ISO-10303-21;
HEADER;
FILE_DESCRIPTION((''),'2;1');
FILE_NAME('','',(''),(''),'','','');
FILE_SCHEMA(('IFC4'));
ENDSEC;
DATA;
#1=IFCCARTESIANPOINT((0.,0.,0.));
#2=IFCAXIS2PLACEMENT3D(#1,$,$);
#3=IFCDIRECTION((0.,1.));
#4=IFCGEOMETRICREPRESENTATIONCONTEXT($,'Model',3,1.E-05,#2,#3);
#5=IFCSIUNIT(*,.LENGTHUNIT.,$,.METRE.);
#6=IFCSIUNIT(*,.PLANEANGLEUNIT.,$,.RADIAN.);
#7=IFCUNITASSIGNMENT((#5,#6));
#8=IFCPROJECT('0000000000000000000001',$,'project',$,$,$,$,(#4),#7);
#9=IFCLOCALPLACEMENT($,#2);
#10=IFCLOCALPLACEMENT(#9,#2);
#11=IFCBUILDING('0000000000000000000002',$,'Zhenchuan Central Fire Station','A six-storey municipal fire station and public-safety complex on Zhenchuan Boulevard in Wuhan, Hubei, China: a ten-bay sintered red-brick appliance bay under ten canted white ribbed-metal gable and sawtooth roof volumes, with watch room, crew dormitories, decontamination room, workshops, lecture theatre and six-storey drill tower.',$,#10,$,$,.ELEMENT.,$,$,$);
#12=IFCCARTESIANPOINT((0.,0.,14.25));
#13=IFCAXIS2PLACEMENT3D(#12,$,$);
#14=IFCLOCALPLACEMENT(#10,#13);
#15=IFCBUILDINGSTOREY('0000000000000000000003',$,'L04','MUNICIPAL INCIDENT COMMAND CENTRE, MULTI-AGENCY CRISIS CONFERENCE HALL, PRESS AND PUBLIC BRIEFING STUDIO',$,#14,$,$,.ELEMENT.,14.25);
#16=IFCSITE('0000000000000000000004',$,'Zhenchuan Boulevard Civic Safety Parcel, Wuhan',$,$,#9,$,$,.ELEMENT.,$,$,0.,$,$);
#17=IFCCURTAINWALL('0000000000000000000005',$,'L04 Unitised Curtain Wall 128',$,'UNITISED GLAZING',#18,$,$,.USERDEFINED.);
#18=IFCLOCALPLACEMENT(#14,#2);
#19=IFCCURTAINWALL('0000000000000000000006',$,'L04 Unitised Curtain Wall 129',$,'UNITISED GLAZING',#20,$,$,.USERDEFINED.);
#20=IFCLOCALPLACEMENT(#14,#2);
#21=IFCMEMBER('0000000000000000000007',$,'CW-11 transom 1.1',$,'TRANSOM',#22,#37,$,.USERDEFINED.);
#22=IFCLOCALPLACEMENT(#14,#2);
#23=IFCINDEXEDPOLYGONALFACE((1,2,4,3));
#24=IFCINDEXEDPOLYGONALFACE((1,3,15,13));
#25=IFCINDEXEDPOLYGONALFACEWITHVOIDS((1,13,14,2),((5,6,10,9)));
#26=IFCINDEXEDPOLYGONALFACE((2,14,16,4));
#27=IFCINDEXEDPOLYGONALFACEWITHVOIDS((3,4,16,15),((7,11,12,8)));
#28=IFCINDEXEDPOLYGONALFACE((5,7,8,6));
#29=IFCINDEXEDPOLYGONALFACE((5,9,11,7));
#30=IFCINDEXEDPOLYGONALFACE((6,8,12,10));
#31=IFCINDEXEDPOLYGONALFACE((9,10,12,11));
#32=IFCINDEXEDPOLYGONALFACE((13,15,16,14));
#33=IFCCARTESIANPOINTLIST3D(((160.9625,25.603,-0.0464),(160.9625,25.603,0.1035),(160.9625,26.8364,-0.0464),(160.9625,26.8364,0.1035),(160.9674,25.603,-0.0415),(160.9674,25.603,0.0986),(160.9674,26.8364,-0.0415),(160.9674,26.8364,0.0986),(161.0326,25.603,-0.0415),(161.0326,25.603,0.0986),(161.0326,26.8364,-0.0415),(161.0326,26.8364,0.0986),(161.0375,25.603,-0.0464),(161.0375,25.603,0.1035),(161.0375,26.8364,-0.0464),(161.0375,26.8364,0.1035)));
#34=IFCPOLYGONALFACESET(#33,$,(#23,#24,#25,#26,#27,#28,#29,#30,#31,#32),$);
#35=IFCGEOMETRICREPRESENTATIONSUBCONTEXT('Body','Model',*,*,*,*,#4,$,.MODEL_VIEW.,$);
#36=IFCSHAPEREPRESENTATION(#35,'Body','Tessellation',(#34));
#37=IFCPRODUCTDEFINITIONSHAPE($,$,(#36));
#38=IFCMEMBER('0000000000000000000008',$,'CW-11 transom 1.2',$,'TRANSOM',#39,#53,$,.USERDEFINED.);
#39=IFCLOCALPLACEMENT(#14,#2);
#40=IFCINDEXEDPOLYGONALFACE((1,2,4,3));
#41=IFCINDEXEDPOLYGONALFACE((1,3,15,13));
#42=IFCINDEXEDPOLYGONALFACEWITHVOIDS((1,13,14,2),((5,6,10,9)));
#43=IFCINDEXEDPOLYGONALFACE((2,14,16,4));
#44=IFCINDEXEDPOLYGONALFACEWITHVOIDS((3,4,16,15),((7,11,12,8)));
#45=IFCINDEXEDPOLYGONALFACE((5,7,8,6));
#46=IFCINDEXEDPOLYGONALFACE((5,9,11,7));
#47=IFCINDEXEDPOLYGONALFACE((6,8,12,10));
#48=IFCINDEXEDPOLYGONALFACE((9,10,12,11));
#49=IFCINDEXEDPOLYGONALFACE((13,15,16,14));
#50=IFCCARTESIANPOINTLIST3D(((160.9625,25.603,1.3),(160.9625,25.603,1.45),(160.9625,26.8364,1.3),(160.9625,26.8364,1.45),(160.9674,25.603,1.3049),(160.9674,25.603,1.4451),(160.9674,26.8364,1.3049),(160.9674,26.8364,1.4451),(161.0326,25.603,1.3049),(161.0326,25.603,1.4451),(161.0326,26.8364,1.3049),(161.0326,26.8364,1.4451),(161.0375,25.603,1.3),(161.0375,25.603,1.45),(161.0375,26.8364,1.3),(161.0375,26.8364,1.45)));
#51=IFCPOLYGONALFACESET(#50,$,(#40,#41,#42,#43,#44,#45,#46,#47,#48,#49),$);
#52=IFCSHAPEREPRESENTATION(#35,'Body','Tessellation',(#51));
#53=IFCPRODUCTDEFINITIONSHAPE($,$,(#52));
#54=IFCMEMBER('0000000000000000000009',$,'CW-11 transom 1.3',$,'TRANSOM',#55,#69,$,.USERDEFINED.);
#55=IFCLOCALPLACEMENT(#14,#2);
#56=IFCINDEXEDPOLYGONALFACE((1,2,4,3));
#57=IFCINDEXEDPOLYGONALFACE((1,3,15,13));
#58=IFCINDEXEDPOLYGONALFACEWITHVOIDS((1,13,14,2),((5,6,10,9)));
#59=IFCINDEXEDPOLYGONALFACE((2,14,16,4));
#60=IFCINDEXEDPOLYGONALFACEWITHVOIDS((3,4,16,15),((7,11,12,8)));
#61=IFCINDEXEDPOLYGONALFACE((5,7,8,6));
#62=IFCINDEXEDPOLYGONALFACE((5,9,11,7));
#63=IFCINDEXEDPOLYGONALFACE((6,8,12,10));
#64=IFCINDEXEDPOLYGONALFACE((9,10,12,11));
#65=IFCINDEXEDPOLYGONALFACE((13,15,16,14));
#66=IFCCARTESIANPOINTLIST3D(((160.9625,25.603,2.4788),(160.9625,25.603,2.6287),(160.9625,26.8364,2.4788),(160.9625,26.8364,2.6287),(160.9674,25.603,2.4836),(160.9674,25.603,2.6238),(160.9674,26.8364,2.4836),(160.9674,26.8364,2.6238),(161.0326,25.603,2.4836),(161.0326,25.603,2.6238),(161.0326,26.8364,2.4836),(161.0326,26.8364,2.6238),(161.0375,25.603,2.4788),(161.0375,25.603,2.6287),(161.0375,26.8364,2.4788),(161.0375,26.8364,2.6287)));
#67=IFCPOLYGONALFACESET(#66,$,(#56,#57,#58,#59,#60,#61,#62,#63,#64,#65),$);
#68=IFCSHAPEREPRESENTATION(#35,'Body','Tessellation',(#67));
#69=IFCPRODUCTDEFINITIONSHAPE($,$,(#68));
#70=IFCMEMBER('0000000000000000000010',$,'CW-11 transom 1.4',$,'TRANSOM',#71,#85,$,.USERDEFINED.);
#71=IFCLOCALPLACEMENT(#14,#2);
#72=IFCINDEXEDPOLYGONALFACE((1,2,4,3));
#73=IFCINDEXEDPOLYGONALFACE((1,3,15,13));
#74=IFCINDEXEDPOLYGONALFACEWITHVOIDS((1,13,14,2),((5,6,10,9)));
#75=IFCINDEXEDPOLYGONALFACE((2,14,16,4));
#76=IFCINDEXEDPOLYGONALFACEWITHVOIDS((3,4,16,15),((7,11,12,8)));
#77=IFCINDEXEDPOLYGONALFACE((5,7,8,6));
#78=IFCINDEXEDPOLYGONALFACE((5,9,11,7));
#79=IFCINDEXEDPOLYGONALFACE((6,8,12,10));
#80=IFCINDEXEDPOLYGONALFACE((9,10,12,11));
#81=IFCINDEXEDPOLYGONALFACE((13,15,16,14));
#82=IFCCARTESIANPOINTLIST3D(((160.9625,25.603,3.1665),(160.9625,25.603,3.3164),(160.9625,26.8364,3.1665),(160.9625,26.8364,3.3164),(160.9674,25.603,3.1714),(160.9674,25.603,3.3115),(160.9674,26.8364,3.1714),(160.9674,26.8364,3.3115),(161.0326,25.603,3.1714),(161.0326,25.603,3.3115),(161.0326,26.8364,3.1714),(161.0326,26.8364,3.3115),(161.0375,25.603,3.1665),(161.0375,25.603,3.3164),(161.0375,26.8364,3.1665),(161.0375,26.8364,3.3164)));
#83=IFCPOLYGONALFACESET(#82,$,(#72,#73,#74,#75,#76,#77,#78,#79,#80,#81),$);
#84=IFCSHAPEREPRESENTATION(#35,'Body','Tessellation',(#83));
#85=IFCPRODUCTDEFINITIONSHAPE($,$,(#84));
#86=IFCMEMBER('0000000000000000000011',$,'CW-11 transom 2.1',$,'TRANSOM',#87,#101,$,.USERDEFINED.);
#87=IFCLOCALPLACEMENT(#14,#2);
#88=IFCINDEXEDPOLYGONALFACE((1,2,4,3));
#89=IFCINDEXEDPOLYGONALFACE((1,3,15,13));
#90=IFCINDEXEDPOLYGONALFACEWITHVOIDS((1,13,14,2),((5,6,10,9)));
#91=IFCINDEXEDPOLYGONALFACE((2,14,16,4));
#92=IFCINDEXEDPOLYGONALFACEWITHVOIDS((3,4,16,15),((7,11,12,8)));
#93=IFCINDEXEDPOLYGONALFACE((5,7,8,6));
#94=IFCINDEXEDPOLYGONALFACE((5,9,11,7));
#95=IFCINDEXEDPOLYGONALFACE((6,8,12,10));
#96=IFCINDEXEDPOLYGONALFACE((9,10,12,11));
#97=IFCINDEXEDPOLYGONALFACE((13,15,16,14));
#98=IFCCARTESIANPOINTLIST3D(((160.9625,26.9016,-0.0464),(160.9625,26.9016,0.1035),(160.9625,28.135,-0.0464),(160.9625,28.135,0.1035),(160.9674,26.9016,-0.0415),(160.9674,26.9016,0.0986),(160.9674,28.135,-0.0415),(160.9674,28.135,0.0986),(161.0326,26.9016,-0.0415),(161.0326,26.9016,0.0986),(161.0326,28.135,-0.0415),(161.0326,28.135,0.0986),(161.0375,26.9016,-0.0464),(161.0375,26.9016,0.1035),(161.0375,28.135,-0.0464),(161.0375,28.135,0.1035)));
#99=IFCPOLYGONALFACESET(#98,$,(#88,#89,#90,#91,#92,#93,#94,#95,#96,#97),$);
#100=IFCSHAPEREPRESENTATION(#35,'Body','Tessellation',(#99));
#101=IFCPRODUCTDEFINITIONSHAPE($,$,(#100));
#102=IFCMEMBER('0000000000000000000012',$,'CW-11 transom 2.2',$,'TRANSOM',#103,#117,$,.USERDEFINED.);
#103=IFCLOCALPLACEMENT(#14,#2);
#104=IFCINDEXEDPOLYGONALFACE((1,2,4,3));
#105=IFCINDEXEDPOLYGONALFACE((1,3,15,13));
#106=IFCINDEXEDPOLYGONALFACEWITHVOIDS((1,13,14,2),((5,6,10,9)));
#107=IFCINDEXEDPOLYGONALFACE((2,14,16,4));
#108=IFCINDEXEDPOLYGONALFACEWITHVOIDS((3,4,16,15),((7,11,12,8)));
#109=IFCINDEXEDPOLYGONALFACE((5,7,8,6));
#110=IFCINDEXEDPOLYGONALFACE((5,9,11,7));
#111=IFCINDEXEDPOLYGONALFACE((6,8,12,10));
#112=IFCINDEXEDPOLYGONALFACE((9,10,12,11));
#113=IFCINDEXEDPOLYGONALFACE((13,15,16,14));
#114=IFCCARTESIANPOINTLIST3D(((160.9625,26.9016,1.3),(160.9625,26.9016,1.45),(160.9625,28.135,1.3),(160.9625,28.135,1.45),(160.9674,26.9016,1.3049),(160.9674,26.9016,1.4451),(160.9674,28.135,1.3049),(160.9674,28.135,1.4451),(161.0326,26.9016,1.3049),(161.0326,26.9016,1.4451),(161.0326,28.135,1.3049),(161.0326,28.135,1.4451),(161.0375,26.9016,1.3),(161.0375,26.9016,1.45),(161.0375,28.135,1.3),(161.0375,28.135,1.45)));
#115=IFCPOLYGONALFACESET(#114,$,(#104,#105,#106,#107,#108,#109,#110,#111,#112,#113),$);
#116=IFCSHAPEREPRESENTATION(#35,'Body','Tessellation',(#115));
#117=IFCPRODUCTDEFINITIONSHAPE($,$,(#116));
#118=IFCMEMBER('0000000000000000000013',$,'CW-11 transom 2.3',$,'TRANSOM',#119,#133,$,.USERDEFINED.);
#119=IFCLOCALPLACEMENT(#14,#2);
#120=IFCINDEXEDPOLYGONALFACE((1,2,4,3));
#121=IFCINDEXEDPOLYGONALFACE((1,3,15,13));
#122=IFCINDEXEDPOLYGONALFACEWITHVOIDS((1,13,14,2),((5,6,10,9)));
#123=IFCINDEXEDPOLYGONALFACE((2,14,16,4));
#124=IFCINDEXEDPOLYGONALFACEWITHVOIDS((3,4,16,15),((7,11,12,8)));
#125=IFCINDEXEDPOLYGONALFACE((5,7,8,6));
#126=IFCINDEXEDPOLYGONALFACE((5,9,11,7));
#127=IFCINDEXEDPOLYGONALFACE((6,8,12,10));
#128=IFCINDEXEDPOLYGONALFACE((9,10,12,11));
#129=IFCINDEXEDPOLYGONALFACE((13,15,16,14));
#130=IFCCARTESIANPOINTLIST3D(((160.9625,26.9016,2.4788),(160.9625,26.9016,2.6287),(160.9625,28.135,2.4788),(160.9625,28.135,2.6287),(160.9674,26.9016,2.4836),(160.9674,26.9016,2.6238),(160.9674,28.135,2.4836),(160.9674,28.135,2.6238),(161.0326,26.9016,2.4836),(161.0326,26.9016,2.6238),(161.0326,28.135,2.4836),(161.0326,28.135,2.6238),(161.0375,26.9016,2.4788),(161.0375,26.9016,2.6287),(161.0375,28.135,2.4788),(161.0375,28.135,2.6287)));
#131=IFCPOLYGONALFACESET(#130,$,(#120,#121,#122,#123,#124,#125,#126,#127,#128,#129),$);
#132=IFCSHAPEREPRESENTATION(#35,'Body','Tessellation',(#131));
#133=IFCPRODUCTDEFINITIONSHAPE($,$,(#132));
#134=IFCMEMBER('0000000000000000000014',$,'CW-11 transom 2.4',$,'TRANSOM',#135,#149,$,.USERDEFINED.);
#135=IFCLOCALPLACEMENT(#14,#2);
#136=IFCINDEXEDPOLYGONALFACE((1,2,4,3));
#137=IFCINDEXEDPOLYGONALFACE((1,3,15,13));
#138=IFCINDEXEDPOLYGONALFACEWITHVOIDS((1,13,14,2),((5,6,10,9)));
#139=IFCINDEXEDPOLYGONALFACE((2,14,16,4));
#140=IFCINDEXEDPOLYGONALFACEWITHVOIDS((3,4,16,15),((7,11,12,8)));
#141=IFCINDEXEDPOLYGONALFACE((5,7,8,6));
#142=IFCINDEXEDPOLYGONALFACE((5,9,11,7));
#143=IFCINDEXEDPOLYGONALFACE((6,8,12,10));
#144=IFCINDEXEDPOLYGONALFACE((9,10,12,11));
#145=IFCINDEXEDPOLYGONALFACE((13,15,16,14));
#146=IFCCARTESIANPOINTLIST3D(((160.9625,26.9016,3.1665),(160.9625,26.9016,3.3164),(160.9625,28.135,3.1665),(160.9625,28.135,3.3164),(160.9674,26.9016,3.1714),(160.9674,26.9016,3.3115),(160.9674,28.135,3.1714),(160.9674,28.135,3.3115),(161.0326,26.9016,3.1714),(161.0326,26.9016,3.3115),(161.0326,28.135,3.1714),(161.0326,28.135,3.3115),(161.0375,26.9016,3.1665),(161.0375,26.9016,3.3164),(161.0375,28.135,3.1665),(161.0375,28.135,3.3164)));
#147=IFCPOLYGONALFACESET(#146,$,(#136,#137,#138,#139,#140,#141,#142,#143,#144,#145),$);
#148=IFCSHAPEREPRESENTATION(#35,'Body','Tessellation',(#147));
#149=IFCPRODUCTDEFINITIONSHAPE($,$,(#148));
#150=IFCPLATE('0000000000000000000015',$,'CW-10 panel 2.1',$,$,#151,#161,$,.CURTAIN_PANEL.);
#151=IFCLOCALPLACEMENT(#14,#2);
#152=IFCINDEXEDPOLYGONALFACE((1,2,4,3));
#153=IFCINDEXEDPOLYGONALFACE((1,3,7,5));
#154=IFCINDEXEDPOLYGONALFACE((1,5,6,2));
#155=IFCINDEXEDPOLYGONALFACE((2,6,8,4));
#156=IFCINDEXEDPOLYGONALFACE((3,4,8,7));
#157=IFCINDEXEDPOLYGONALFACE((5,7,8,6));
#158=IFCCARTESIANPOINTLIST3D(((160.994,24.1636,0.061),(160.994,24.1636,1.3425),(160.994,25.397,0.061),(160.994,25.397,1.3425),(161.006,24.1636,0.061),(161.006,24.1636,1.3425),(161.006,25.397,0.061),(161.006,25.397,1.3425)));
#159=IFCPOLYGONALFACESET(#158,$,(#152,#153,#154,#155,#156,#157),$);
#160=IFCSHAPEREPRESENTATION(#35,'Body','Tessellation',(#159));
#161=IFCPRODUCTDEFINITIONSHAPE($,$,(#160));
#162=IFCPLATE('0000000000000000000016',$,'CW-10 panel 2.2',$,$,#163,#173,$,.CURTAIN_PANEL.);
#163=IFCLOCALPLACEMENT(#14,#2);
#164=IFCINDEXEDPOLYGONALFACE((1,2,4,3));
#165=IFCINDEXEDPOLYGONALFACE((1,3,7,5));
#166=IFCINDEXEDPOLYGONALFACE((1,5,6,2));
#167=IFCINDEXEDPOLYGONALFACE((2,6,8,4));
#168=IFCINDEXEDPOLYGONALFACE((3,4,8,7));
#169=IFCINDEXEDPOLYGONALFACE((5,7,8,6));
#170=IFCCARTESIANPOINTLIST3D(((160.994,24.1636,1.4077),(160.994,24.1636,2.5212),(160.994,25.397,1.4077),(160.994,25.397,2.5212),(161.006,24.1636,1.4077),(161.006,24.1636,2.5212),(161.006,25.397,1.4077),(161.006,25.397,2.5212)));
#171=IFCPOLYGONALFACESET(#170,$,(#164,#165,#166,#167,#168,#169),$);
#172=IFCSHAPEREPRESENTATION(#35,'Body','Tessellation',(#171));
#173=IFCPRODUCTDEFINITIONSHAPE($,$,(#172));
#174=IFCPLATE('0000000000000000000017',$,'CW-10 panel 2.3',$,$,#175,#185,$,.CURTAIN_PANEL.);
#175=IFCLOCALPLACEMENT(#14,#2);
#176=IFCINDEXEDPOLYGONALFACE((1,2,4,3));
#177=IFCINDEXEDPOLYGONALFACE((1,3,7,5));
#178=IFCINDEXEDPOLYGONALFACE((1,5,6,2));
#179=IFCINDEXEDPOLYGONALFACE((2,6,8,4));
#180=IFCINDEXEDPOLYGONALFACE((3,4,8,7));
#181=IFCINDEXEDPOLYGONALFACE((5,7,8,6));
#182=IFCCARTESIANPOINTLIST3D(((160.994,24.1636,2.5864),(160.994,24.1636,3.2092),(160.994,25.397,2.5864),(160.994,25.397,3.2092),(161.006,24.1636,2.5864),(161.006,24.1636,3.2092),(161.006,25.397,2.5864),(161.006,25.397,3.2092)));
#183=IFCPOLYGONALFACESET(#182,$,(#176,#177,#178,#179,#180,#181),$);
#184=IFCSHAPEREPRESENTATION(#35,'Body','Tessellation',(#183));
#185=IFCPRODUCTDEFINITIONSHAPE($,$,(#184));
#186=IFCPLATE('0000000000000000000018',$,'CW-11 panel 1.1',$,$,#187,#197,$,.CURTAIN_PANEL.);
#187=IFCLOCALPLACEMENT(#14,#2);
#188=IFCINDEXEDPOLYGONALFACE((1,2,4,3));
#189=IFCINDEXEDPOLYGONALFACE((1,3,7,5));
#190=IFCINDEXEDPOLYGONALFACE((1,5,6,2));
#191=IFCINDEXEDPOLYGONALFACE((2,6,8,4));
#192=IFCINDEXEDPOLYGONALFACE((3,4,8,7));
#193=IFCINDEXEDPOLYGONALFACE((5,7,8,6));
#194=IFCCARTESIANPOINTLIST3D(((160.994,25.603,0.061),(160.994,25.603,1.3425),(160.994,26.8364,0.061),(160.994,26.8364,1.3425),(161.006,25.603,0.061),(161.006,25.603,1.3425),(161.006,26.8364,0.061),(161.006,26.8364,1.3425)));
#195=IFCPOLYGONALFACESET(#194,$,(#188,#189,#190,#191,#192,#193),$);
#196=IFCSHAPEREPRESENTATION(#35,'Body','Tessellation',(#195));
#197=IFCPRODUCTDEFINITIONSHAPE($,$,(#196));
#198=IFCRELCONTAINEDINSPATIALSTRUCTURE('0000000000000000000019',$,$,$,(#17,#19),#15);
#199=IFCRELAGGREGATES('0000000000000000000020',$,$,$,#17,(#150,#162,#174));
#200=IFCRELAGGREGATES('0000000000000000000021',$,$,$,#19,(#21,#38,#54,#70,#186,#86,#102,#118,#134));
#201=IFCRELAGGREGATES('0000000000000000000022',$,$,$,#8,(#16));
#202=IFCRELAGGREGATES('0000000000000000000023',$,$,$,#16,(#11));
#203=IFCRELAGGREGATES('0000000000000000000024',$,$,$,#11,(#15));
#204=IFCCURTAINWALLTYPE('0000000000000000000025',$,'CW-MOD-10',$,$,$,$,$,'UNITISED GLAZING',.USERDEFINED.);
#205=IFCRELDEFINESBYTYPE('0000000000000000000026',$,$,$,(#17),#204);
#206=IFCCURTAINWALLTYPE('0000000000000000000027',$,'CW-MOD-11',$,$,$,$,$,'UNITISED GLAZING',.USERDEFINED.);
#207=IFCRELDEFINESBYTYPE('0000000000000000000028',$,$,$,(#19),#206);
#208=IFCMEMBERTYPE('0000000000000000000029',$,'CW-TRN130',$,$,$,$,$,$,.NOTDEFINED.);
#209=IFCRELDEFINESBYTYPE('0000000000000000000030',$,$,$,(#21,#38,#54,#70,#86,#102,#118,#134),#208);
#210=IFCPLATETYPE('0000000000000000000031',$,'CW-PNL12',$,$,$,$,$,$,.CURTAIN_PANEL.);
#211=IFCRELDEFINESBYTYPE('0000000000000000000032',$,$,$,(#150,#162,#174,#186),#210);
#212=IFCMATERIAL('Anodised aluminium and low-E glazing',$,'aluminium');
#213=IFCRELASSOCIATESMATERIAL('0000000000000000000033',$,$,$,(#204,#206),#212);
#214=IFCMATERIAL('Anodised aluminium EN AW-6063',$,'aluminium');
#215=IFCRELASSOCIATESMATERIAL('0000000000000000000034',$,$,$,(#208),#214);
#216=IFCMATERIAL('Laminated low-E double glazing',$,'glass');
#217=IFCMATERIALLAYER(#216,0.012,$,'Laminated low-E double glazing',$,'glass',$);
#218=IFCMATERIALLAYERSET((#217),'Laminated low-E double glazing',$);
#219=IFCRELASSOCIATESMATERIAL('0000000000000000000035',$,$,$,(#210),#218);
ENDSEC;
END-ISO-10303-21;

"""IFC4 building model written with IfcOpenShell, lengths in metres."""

from ifc_helpers import new_model, si_unit, direction, frame, origin, origin_2d, place, context, subcontext, project, spatial, rectangle, hollow_rectangle, extrude, material, layer, layer_set, material_profile, profile_set, type_object, element, aggregate, save


model = new_model("IFC4")

# Units and contexts
model_context = context("Model", 3, precision=1e-05, world=origin(), true_north=direction((0.0, 1.0)))
body_context = subcontext(model_context, "Body", "Model", "MODEL_VIEW")
ifc_project = project(units=[si_unit("LENGTHUNIT", "METRE"), si_unit("PLANEANGLEUNIT", "RADIAN")], contexts=[model_context])

# Site, building, storey
site_placement = place(None, origin())
site = spatial("IfcSite", under=ifc_project, at=site_placement, Name="Zhenchuan Boulevard Civic Safety Parcel, Wuhan", CompositionType="ELEMENT", RefElevation=0.0)
building_placement = place(site_placement, origin())
building = spatial("IfcBuilding", under=site, at=building_placement, Name="Zhenchuan Central Fire Station", Description="A six-storey municipal fire station and public-safety complex on Zhenchuan Boulevard in Wuhan, Hubei, China: a ten-bay sintered red-brick appliance bay under ten canted white ribbed-metal gable and sawtooth roof volumes, with watch room, crew dormitories, decontamination room, workshops, lecture theatre and six-storey drill tower.", CompositionType="ELEMENT")
storey_placement = place(building_placement, frame((0.0, 0.0, 14.25)))
storey = spatial("IfcBuildingStorey", under=building, at=storey_placement, Name="L04", Description="MUNICIPAL INCIDENT COMMAND CENTRE, MULTI-AGENCY CRISIS CONFERENCE HALL, PRESS AND PUBLIC BRIEFING STUDIO", CompositionType="ELEMENT", Elevation=14.25)

# Curtain wall
ifc_material_1 = material(Name="Anodised aluminium and low-E glazing", Category="aluminium")
curtain_wall_type_1 = type_object("IfcCurtainWallType", Name="CW-MOD-10", ElementType="UNITISED GLAZING", PredefinedType="USERDEFINED", material=ifc_material_1)
curtain_wall_1_placement = place(storey_placement, origin())
curtain_wall_1 = element("IfcCurtainWall", 1, at=curtain_wall_1_placement, inside=storey, type_object=curtain_wall_type_1, Name="L04 Unitised Curtain Wall 128", ObjectType="UNITISED GLAZING", PredefinedType="USERDEFINED")
ifc_material_2 = material(Name="Anodised aluminium EN AW-6063", Category="aluminium")

# Curtain wall
curtain_wall_type_2 = type_object("IfcCurtainWallType", Name="CW-MOD-11", ElementType="UNITISED GLAZING", PredefinedType="USERDEFINED", material=ifc_material_1)
curtain_wall_2_placement = place(storey_placement, origin())
curtain_wall_2 = element("IfcCurtainWall", 2, at=curtain_wall_2_placement, inside=storey, type_object=curtain_wall_type_2, Name="L04 Unitised Curtain Wall 129", ObjectType="UNITISED GLAZING", PredefinedType="USERDEFINED")

# Members
ifc_material_profile_1 = material_profile(ifc_material_2, hollow_rectangle(XDim=0.075, YDim=0.1499, WallThickness=0.0049, at=origin_2d()), Name="ALU-T 150x75")
ifc_profile_set_1 = profile_set([ifc_material_profile_1], Name="Anodised aluminium EN AW-6063")
member_type_1 = type_object("IfcMemberType", Name="CW-TRN130", PredefinedType="NOTDEFINED", material=ifc_profile_set_1)
member_1_placement = place(storey_placement, frame((161.0, 25.603, 0.0286), z_axis=(0.0, 1.0, 0.0), x_axis=(-1.0, 0.0, 0.0)))
member_1 = element("IfcMember", 3, at=member_1_placement, type_object=member_type_1, Name="CW-11 transom 1.1", ObjectType="TRANSOM", PredefinedType="USERDEFINED", context=body_context, shape_type="SweptSolid", body=[
    extrude(hollow_rectangle(XDim=0.075, YDim=0.1499, WallThickness=0.0049, at=origin_2d()), origin(), (0.0, 0.0, 1.0), 1.2334),
])
member_2_placement = place(storey_placement, frame((161.0, 25.603, 1.375), z_axis=(0.0, 1.0, 0.0), x_axis=(-1.0, 0.0, 0.0)))
member_2 = element("IfcMember", 4, at=member_2_placement, type_object=member_type_1, Name="CW-11 transom 1.2", ObjectType="TRANSOM", PredefinedType="USERDEFINED", context=body_context, shape_type="SweptSolid", body=[
    extrude(hollow_rectangle(XDim=0.075, YDim=0.1499, WallThickness=0.0049, at=origin_2d()), origin(), (0.0, 0.0, 1.0), 1.2334),
])
member_3_placement = place(storey_placement, frame((161.0, 25.603, 2.5537), z_axis=(0.0, 1.0, 0.0), x_axis=(-1.0, 0.0, 0.0)))
member_3 = element("IfcMember", 5, at=member_3_placement, type_object=member_type_1, Name="CW-11 transom 1.3", ObjectType="TRANSOM", PredefinedType="USERDEFINED", context=body_context, shape_type="SweptSolid", body=[
    extrude(hollow_rectangle(XDim=0.075, YDim=0.1499, WallThickness=0.0049, at=origin_2d()), origin(), (0.0, 0.0, 1.0), 1.2334),
])
member_4_placement = place(storey_placement, frame((161.0, 25.603, 3.2415), z_axis=(0.0, 1.0, 0.0), x_axis=(-1.0, 0.0, 0.0)))
member_4 = element("IfcMember", 6, at=member_4_placement, type_object=member_type_1, Name="CW-11 transom 1.4", ObjectType="TRANSOM", PredefinedType="USERDEFINED", context=body_context, shape_type="SweptSolid", body=[
    extrude(hollow_rectangle(XDim=0.075, YDim=0.1499, WallThickness=0.0049, at=origin_2d()), origin(), (0.0, 0.0, 1.0), 1.2334),
])
member_5_placement = place(storey_placement, frame((161.0, 26.9016, 0.0286), z_axis=(0.0, 1.0, 0.0), x_axis=(-1.0, 0.0, 0.0)))
member_5 = element("IfcMember", 7, at=member_5_placement, type_object=member_type_1, Name="CW-11 transom 2.1", ObjectType="TRANSOM", PredefinedType="USERDEFINED", context=body_context, shape_type="SweptSolid", body=[
    extrude(hollow_rectangle(XDim=0.075, YDim=0.1499, WallThickness=0.0049, at=origin_2d()), origin(), (0.0, 0.0, 1.0), 1.2334),
])
member_6_placement = place(storey_placement, frame((161.0, 26.9016, 1.375), z_axis=(0.0, 1.0, 0.0), x_axis=(-1.0, 0.0, 0.0)))
member_6 = element("IfcMember", 8, at=member_6_placement, type_object=member_type_1, Name="CW-11 transom 2.2", ObjectType="TRANSOM", PredefinedType="USERDEFINED", context=body_context, shape_type="SweptSolid", body=[
    extrude(hollow_rectangle(XDim=0.075, YDim=0.1499, WallThickness=0.0049, at=origin_2d()), origin(), (0.0, 0.0, 1.0), 1.2334),
])
member_7_placement = place(storey_placement, frame((161.0, 26.9016, 2.5537), z_axis=(0.0, 1.0, 0.0), x_axis=(-1.0, 0.0, 0.0)))
member_7 = element("IfcMember", 9, at=member_7_placement, type_object=member_type_1, Name="CW-11 transom 2.3", ObjectType="TRANSOM", PredefinedType="USERDEFINED", context=body_context, shape_type="SweptSolid", body=[
    extrude(hollow_rectangle(XDim=0.075, YDim=0.1499, WallThickness=0.0049, at=origin_2d()), origin(), (0.0, 0.0, 1.0), 1.2334),
])
member_8_placement = place(storey_placement, frame((161.0, 26.9016, 3.2415), z_axis=(0.0, 1.0, 0.0), x_axis=(-1.0, 0.0, 0.0)))
member_8 = element("IfcMember", 10, at=member_8_placement, type_object=member_type_1, Name="CW-11 transom 2.4", ObjectType="TRANSOM", PredefinedType="USERDEFINED", context=body_context, shape_type="SweptSolid", body=[
    extrude(hollow_rectangle(XDim=0.075, YDim=0.1499, WallThickness=0.0049, at=origin_2d()), origin(), (0.0, 0.0, 1.0), 1.2334),
])

# Plates
ifc_material_3 = material(Name="Laminated low-E double glazing", Category="glass")
ifc_layer = layer(ifc_material_3, 0.012, Name="Laminated low-E double glazing", Category="glass")
ifc_layer_set = layer_set([ifc_layer], Name="Laminated low-E double glazing")
plate_type = type_object("IfcPlateType", Name="CW-PNL12", PredefinedType="CURTAIN_PANEL", material=ifc_layer_set)
plate_1_placement = place(storey_placement, frame((161.0, 24.7803, 0.061), z_axis=(0.0, 0.0, 1.0), x_axis=(0.0, 1.0, 0.0)))
plate_1 = element("IfcPlate", 11, at=plate_1_placement, type_object=plate_type, Name="CW-10 panel 2.1", PredefinedType="CURTAIN_PANEL", context=body_context, shape_type="SweptSolid", body=[
    extrude(rectangle(XDim=1.2334, YDim=0.012, at=origin_2d()), origin(), (0.0, 0.0, 1.0), 1.2815),
])
plate_2_placement = place(storey_placement, frame((161.0, 24.7803, 1.4077), z_axis=(0.0, 0.0, 1.0), x_axis=(0.0, 1.0, 0.0)))
plate_2 = element("IfcPlate", 12, at=plate_2_placement, type_object=plate_type, Name="CW-10 panel 2.2", PredefinedType="CURTAIN_PANEL", context=body_context, shape_type="SweptSolid", body=[
    extrude(rectangle(XDim=1.2334, YDim=0.012, at=origin_2d()), origin(), (0.0, 0.0, 1.0), 1.1135),
])
plate_3_placement = place(storey_placement, frame((161.0, 24.7803, 2.5864), z_axis=(0.0, 0.0, 1.0), x_axis=(0.0, 1.0, 0.0)))
plate_3 = element("IfcPlate", 13, at=plate_3_placement, type_object=plate_type, Name="CW-10 panel 2.3", PredefinedType="CURTAIN_PANEL", context=body_context, shape_type="SweptSolid", body=[
    extrude(rectangle(XDim=1.2334, YDim=0.012, at=origin_2d()), origin(), (0.0, 0.0, 1.0), 0.6228),
])
aggregate(curtain_wall_1, [plate_1, plate_2, plate_3])
plate_4_placement = place(storey_placement, frame((161.0, 26.2197, 0.061), z_axis=(0.0, 0.0, 1.0), x_axis=(0.0, 1.0, 0.0)))
plate_4 = element("IfcPlate", 14, at=plate_4_placement, type_object=plate_type, Name="CW-11 panel 1.1", PredefinedType="CURTAIN_PANEL", context=body_context, shape_type="SweptSolid", body=[
    extrude(rectangle(XDim=1.2334, YDim=0.012, at=origin_2d()), origin(), (0.0, 0.0, 1.0), 1.2815),
])
aggregate(curtain_wall_2, [member_1, member_2, member_3, member_4, plate_4, member_5, member_6, member_7, member_8])

save(model, "model.ifc")
